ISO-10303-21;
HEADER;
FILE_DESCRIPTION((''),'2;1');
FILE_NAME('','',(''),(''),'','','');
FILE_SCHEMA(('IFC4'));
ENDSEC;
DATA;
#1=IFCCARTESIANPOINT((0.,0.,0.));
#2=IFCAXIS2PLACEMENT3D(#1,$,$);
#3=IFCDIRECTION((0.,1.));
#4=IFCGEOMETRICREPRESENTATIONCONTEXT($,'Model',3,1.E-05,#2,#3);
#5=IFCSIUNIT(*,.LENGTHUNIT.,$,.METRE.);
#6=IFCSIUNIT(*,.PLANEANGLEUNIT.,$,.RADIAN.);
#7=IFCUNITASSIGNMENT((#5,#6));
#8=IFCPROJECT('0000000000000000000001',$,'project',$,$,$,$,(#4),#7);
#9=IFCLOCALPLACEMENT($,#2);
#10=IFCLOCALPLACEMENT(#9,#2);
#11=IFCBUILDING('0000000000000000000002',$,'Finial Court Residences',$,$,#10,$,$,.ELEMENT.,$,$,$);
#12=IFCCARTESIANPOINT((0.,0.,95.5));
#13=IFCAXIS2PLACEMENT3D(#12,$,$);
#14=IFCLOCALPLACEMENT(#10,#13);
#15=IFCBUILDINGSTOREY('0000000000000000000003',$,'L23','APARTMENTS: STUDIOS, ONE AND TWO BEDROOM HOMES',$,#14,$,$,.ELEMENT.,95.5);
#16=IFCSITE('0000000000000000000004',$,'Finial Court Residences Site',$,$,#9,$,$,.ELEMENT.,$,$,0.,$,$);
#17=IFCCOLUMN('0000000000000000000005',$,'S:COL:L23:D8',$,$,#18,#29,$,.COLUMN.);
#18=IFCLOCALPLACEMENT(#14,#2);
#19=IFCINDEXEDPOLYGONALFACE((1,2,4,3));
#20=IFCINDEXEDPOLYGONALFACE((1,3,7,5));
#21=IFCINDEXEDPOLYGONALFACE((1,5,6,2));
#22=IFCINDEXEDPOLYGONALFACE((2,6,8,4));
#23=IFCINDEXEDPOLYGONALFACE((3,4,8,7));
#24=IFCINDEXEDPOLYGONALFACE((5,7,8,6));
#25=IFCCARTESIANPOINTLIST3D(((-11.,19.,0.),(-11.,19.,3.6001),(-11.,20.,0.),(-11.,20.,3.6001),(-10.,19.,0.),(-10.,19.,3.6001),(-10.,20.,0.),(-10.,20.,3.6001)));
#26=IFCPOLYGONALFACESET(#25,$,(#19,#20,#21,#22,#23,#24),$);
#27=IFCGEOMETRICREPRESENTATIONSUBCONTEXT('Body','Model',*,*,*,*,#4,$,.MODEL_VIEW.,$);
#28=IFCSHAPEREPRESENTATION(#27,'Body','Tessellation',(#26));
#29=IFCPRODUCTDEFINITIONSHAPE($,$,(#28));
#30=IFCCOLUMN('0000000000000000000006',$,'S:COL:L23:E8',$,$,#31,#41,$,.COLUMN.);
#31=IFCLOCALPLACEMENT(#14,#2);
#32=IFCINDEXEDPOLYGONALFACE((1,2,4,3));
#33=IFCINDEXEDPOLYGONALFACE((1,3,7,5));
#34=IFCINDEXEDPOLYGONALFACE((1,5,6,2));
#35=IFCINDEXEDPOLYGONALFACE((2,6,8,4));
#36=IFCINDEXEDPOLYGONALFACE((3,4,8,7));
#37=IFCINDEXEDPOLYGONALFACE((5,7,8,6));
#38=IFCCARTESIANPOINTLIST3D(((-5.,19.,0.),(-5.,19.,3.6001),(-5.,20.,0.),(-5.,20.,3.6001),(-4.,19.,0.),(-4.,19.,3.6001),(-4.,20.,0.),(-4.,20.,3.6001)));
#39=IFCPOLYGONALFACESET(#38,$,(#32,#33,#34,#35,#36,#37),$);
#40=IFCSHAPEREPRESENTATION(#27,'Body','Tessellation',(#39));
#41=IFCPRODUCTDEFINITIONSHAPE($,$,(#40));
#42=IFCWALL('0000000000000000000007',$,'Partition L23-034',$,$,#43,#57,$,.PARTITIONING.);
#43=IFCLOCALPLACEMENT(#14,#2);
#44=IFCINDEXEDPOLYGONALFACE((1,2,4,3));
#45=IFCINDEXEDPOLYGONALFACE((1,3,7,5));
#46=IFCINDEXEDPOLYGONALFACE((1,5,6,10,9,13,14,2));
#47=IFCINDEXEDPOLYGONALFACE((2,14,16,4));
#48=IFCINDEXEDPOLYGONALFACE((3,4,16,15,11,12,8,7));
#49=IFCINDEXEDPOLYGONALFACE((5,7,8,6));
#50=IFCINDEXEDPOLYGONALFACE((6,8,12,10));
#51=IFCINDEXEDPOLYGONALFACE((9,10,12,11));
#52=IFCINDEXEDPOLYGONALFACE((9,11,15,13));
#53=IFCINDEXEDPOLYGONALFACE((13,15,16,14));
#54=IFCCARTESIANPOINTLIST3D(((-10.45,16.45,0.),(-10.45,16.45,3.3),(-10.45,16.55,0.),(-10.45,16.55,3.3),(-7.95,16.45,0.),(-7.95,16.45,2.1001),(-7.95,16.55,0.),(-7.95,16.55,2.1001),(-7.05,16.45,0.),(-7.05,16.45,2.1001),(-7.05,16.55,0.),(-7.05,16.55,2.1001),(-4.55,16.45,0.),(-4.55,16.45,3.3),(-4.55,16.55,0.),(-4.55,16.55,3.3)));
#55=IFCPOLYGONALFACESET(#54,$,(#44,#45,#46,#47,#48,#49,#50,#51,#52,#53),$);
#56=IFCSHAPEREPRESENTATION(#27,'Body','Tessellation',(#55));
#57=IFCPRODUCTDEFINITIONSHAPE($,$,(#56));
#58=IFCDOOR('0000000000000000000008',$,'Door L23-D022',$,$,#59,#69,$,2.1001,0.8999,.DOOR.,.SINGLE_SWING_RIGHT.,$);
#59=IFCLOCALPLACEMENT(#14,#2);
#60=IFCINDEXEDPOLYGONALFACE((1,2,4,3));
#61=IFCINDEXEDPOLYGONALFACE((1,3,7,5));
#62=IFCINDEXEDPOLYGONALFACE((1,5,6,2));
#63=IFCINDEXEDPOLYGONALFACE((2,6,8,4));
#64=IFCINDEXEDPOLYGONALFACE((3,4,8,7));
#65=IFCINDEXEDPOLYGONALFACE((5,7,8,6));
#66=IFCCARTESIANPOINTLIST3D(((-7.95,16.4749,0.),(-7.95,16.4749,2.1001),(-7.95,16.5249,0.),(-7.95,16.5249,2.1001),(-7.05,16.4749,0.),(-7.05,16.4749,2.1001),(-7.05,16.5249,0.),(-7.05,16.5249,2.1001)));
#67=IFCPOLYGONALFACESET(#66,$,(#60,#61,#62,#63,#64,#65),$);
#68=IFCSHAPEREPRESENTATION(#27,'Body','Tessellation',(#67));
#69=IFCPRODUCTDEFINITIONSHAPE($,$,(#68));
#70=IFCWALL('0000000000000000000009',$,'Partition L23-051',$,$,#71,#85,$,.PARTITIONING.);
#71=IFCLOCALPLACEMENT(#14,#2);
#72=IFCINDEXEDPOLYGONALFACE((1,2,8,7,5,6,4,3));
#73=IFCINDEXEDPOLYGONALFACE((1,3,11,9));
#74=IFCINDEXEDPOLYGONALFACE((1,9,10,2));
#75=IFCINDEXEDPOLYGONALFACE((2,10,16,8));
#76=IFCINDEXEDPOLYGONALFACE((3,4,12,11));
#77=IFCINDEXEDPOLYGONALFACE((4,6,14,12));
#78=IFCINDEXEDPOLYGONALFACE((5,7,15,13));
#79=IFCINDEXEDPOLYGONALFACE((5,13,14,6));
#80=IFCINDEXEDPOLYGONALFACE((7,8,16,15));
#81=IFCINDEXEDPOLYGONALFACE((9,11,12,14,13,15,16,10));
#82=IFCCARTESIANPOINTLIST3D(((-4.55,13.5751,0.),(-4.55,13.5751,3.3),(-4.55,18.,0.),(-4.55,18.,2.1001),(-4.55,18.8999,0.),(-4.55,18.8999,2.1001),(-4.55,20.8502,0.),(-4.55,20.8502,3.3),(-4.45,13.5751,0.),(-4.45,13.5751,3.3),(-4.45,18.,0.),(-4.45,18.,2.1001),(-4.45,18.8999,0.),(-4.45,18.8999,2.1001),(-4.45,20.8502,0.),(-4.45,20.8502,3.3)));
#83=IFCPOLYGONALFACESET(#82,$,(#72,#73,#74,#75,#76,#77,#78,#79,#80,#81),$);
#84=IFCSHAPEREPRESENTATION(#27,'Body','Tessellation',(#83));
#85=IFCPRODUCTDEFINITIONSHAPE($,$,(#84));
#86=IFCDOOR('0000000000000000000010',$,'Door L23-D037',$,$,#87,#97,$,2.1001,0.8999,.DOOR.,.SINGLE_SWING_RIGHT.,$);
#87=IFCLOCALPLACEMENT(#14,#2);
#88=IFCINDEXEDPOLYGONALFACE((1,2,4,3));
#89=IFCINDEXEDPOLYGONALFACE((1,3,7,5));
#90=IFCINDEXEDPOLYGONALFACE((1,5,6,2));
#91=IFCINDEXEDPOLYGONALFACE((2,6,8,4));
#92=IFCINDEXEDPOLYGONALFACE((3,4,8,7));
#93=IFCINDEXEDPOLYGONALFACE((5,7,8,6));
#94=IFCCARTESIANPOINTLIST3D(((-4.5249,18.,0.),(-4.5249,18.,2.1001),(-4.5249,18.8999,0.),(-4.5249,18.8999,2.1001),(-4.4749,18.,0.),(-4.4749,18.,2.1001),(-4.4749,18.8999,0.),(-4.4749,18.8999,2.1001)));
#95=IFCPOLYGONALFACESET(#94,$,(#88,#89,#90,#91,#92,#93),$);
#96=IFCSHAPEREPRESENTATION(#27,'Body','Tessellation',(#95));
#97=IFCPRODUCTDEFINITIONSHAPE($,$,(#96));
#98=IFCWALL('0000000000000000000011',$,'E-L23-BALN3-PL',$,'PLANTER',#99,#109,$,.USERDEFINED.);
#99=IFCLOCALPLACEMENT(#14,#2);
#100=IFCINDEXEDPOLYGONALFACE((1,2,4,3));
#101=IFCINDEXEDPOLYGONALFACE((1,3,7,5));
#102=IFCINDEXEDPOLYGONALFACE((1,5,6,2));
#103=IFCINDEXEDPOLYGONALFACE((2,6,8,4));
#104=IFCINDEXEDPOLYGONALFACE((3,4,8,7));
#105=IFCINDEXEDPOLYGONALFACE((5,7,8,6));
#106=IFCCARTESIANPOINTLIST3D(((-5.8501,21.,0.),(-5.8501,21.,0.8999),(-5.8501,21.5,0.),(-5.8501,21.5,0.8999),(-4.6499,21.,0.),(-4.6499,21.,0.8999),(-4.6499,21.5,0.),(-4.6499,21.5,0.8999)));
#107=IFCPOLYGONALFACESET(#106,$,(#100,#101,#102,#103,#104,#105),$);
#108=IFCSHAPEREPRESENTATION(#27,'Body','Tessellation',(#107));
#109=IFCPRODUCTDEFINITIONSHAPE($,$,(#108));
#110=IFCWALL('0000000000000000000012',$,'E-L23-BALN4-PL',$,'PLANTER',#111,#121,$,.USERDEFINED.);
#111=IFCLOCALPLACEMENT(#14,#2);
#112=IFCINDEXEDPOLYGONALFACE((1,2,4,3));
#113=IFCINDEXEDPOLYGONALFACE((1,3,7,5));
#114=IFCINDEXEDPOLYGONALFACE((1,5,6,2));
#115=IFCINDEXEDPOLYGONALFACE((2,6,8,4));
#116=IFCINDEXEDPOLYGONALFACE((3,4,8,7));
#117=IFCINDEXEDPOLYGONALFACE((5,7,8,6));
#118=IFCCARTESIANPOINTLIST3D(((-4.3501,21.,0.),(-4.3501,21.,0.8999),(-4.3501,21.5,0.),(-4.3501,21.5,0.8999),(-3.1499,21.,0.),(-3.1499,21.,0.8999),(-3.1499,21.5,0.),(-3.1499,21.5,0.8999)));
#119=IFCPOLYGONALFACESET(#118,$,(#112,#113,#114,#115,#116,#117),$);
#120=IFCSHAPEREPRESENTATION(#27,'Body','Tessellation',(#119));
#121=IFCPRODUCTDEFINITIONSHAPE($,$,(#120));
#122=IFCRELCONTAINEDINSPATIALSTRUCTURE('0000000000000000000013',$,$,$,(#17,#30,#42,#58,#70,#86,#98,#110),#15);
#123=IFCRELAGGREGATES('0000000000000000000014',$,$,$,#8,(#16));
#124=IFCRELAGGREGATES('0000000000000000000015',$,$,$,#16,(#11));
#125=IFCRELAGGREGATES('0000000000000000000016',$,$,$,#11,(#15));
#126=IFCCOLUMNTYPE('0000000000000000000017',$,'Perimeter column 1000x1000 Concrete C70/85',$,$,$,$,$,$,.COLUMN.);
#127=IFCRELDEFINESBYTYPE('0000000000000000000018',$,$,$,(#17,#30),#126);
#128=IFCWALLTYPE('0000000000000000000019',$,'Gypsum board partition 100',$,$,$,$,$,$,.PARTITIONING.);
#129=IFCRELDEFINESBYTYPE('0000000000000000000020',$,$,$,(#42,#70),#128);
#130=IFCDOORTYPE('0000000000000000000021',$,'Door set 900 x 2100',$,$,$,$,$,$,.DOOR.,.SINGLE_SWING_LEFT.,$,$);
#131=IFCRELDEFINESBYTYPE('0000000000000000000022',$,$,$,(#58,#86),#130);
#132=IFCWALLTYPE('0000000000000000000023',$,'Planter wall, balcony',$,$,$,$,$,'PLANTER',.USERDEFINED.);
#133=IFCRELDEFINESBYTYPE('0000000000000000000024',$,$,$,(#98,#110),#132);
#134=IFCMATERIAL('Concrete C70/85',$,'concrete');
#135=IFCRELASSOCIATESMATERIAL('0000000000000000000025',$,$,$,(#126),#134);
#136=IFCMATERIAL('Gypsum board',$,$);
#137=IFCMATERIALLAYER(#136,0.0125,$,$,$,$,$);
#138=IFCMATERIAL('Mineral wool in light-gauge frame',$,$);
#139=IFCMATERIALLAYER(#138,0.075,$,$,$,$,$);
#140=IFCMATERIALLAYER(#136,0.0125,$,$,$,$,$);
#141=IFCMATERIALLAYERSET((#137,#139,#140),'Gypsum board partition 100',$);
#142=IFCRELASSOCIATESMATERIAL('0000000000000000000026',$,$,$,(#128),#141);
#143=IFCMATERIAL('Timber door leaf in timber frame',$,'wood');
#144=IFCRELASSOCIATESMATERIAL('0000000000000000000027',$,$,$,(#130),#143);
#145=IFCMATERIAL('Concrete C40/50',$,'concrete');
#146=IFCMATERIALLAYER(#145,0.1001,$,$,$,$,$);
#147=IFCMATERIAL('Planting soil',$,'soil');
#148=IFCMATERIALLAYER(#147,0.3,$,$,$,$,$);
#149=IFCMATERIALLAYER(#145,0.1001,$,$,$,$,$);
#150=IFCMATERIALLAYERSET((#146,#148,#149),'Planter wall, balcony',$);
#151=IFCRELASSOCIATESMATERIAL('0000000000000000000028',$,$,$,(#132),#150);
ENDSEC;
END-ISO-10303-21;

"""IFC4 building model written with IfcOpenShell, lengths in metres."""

from ifc_helpers import new_model, si_unit, direction, frame, frame_2d, origin, origin_2d, place, context, subcontext, project, spatial, rectangle, extrude, material, layer, layer_set, material_profile, profile_set, type_object, element, fill, save


model = new_model("IFC4")

# Units and contexts
model_context = context("Model", 3, precision=1e-05, world=origin(), true_north=direction((0.0, 1.0)))
body_context = subcontext(model_context, "Body", "Model", "MODEL_VIEW")
ifc_project = project(units=[si_unit("LENGTHUNIT", "METRE"), si_unit("PLANEANGLEUNIT", "RADIAN")], contexts=[model_context])

# Site, building, storey
site_placement = place(None, origin())
site = spatial("IfcSite", under=ifc_project, at=site_placement, Name="Finial Court Residences Site", CompositionType="ELEMENT", RefElevation=0.0)
building_placement = place(site_placement, origin())
building = spatial("IfcBuilding", under=site, at=building_placement, Name="Finial Court Residences", CompositionType="ELEMENT")
storey_placement = place(building_placement, frame((0.0, 0.0, 95.5)))
storey = spatial("IfcBuildingStorey", under=building, at=storey_placement, Name="L23", Description="APARTMENTS: STUDIOS, ONE AND TWO BEDROOM HOMES", CompositionType="ELEMENT", Elevation=95.5)

# Columns
ifc_material_1 = material(Name="Concrete C70/85", Category="concrete")
ifc_material_profile = material_profile(ifc_material_1, rectangle(XDim=1.0, YDim=1.0, at=origin_2d()), Name="1000x1000")
ifc_profile_set = profile_set([ifc_material_profile], Name="Concrete C70/85")
column_type = type_object("IfcColumnType", Name="Perimeter column 1000x1000 Concrete C70/85", PredefinedType="COLUMN", material=ifc_profile_set)
for number, where, z_axis, x_axis, name in (
    (1, (-10.5, 19.5, 0.0), (0.0, 0.0, 1.0), (1.0, 0.0, 0.0), "S:COL:L23:D8"),
    (2, (-4.5, 19.5, 0.0), (0.0, 0.0, 1.0), (1.0, 0.0, 0.0), "S:COL:L23:E8"),
):
    element("IfcColumn", number, at=place(storey_placement, frame(where, z_axis=z_axis, x_axis=x_axis)), inside=storey, type_object=column_type, Name=name, PredefinedType="COLUMN", context=body_context, shape_type="SweptSolid", body=[
        extrude(rectangle(XDim=1.0, YDim=1.0, at=origin_2d()), origin(), (0.0, 0.0, 1.0), 3.6001),
    ])

# Walls, openings, doors
ifc_material_2 = material(Name="Gypsum board")
ifc_layer_1 = layer(ifc_material_2, 0.0125)
ifc_material_3 = material(Name="Mineral wool in light-gauge frame")
ifc_layer_2 = layer(ifc_material_3, 0.075)
ifc_layer_3 = layer(ifc_material_2, 0.0125)
ifc_layer_set_1 = layer_set([ifc_layer_1, ifc_layer_2, ifc_layer_3], Name="Gypsum board partition 100")
wall_type_1 = type_object("IfcWallType", Name="Gypsum board partition 100", PredefinedType="PARTITIONING", material=ifc_layer_set_1)
wall_1_placement = place(storey_placement, frame((-10.45, 16.5, 0.0), z_axis=(0.0, 0.0, 1.0), x_axis=(1.0, 0.0, 0.0)))
wall_1 = element("IfcWall", 3, at=wall_1_placement, inside=storey, type_object=wall_type_1, Name="Partition L23-034", PredefinedType="PARTITIONING", context=body_context, shape_type="SweptSolid", body=[
    extrude(rectangle(XDim=5.8999, YDim=0.1001, at=frame_2d((2.95, 0.0))), origin(), (0.0, 0.0, 1.0), 3.3),
])
opening_1_placement = place(wall_1_placement, frame((2.5, 0.0, 0.0)))
opening_1 = element("IfcOpeningElement", 4, at=opening_1_placement, cuts=wall_1, PredefinedType="OPENING", context=body_context, shape_type="SweptSolid", body=[
    extrude(rectangle(XDim=0.8999, YDim=2.1001, at=frame_2d((0.45, 1.05))), frame((0.0, 0.0601, 0.0), z_axis=(0.0, -1.0, 0.0), x_axis=(1.0, 0.0, 0.0)), (0.0, 0.0, 1.0), 0.1201),
])
ifc_material_4 = material(Name="Timber door leaf in timber frame", Category="wood")
door_type_1 = type_object("IfcDoorType", Name="Door set 900 x 2100", OperationType="SINGLE_SWING_LEFT", PredefinedType="DOOR", material=ifc_material_4)
door_1_placement = place(opening_1_placement, origin())
door_1 = element("IfcDoor", 5, at=door_1_placement, inside=storey, type_object=door_type_1, Name="Door L23-D022", OperationType="SINGLE_SWING_RIGHT", OverallHeight=2.1001, OverallWidth=0.8999, PredefinedType="DOOR", context=body_context, shape_type="SweptSolid", body=[
    extrude(rectangle(XDim=0.8999, YDim=2.1001, at=frame_2d((0.45, 1.05))), frame((0.0, 0.0249, 0.0), z_axis=(0.0, -1.0, 0.0), x_axis=(1.0, 0.0, 0.0)), (0.0, 0.0, 1.0), 0.05),
])
fill(opening_1, door_1)
wall_2_placement = place(storey_placement, frame((-4.5, 13.575, 0.0), z_axis=(0.0, 0.0, 1.0), x_axis=(0.0, 1.0, 0.0)))
wall_2 = element("IfcWall", 6, at=wall_2_placement, inside=storey, type_object=wall_type_1, Name="Partition L23-051", PredefinedType="PARTITIONING", context=body_context, shape_type="SweptSolid", body=[
    extrude(rectangle(XDim=7.2751, YDim=0.1001, at=frame_2d((3.6377, 0.0))), origin(), (0.0, 0.0, 1.0), 3.3),
])
opening_2_placement = place(wall_2_placement, frame((4.425, 0.0, 0.0)))
opening_2 = element("IfcOpeningElement", 7, at=opening_2_placement, cuts=wall_2, PredefinedType="OPENING", context=body_context, shape_type="SweptSolid", body=[
    extrude(rectangle(XDim=0.8999, YDim=2.1001, at=frame_2d((0.45, 1.05))), frame((0.0, 0.0601, 0.0), z_axis=(0.0, -1.0, 0.0), x_axis=(1.0, 0.0, 0.0)), (0.0, 0.0, 1.0), 0.1201),
])
door_2_placement = place(opening_2_placement, origin())
door_2 = element("IfcDoor", 8, at=door_2_placement, inside=storey, type_object=door_type_1, Name="Door L23-D037", OperationType="SINGLE_SWING_RIGHT", OverallHeight=2.1001, OverallWidth=0.8999, PredefinedType="DOOR", context=body_context, shape_type="SweptSolid", body=[
    extrude(rectangle(XDim=0.8999, YDim=2.1001, at=frame_2d((0.45, 1.05))), frame((0.0, 0.0249, 0.0), z_axis=(0.0, -1.0, 0.0), x_axis=(1.0, 0.0, 0.0)), (0.0, 0.0, 1.0), 0.05),
])
fill(opening_2, door_2)

# Walls
ifc_material_5 = material(Name="Concrete C40/50", Category="concrete")
ifc_layer_4 = layer(ifc_material_5, 0.1001)
ifc_material_6 = material(Name="Planting soil", Category="soil")
ifc_layer_5 = layer(ifc_material_6, 0.3)
ifc_layer_6 = layer(ifc_material_5, 0.1001)
ifc_layer_set_2 = layer_set([ifc_layer_4, ifc_layer_5, ifc_layer_6], Name="Planter wall, balcony")
wall_type_2 = type_object("IfcWallType", Name="Planter wall, balcony", ElementType="PLANTER", PredefinedType="USERDEFINED", material=ifc_layer_set_2)
for number, where, z_axis, x_axis, name in (
    (9, (-5.8501, 21.25, 0.0), (0.0, 0.0, 1.0), (1.0, 0.0, 0.0), "E-L23-BALN3-PL"),
    (10, (-4.3501, 21.25, 0.0), (0.0, 0.0, 1.0), (1.0, 0.0, 0.0), "E-L23-BALN4-PL"),
):
    element("IfcWall", number, at=place(storey_placement, frame(where, z_axis=z_axis, x_axis=x_axis)), inside=storey, type_object=wall_type_2, Name=name, ObjectType="PLANTER", PredefinedType="USERDEFINED", context=body_context, shape_type="SweptSolid", body=[
        extrude(rectangle(XDim=1.2002, YDim=0.5, at=frame_2d((0.6001, 0.0))), origin(), (0.0, 0.0, 1.0), 0.8999),
    ])

save(model, "model.ifc")
